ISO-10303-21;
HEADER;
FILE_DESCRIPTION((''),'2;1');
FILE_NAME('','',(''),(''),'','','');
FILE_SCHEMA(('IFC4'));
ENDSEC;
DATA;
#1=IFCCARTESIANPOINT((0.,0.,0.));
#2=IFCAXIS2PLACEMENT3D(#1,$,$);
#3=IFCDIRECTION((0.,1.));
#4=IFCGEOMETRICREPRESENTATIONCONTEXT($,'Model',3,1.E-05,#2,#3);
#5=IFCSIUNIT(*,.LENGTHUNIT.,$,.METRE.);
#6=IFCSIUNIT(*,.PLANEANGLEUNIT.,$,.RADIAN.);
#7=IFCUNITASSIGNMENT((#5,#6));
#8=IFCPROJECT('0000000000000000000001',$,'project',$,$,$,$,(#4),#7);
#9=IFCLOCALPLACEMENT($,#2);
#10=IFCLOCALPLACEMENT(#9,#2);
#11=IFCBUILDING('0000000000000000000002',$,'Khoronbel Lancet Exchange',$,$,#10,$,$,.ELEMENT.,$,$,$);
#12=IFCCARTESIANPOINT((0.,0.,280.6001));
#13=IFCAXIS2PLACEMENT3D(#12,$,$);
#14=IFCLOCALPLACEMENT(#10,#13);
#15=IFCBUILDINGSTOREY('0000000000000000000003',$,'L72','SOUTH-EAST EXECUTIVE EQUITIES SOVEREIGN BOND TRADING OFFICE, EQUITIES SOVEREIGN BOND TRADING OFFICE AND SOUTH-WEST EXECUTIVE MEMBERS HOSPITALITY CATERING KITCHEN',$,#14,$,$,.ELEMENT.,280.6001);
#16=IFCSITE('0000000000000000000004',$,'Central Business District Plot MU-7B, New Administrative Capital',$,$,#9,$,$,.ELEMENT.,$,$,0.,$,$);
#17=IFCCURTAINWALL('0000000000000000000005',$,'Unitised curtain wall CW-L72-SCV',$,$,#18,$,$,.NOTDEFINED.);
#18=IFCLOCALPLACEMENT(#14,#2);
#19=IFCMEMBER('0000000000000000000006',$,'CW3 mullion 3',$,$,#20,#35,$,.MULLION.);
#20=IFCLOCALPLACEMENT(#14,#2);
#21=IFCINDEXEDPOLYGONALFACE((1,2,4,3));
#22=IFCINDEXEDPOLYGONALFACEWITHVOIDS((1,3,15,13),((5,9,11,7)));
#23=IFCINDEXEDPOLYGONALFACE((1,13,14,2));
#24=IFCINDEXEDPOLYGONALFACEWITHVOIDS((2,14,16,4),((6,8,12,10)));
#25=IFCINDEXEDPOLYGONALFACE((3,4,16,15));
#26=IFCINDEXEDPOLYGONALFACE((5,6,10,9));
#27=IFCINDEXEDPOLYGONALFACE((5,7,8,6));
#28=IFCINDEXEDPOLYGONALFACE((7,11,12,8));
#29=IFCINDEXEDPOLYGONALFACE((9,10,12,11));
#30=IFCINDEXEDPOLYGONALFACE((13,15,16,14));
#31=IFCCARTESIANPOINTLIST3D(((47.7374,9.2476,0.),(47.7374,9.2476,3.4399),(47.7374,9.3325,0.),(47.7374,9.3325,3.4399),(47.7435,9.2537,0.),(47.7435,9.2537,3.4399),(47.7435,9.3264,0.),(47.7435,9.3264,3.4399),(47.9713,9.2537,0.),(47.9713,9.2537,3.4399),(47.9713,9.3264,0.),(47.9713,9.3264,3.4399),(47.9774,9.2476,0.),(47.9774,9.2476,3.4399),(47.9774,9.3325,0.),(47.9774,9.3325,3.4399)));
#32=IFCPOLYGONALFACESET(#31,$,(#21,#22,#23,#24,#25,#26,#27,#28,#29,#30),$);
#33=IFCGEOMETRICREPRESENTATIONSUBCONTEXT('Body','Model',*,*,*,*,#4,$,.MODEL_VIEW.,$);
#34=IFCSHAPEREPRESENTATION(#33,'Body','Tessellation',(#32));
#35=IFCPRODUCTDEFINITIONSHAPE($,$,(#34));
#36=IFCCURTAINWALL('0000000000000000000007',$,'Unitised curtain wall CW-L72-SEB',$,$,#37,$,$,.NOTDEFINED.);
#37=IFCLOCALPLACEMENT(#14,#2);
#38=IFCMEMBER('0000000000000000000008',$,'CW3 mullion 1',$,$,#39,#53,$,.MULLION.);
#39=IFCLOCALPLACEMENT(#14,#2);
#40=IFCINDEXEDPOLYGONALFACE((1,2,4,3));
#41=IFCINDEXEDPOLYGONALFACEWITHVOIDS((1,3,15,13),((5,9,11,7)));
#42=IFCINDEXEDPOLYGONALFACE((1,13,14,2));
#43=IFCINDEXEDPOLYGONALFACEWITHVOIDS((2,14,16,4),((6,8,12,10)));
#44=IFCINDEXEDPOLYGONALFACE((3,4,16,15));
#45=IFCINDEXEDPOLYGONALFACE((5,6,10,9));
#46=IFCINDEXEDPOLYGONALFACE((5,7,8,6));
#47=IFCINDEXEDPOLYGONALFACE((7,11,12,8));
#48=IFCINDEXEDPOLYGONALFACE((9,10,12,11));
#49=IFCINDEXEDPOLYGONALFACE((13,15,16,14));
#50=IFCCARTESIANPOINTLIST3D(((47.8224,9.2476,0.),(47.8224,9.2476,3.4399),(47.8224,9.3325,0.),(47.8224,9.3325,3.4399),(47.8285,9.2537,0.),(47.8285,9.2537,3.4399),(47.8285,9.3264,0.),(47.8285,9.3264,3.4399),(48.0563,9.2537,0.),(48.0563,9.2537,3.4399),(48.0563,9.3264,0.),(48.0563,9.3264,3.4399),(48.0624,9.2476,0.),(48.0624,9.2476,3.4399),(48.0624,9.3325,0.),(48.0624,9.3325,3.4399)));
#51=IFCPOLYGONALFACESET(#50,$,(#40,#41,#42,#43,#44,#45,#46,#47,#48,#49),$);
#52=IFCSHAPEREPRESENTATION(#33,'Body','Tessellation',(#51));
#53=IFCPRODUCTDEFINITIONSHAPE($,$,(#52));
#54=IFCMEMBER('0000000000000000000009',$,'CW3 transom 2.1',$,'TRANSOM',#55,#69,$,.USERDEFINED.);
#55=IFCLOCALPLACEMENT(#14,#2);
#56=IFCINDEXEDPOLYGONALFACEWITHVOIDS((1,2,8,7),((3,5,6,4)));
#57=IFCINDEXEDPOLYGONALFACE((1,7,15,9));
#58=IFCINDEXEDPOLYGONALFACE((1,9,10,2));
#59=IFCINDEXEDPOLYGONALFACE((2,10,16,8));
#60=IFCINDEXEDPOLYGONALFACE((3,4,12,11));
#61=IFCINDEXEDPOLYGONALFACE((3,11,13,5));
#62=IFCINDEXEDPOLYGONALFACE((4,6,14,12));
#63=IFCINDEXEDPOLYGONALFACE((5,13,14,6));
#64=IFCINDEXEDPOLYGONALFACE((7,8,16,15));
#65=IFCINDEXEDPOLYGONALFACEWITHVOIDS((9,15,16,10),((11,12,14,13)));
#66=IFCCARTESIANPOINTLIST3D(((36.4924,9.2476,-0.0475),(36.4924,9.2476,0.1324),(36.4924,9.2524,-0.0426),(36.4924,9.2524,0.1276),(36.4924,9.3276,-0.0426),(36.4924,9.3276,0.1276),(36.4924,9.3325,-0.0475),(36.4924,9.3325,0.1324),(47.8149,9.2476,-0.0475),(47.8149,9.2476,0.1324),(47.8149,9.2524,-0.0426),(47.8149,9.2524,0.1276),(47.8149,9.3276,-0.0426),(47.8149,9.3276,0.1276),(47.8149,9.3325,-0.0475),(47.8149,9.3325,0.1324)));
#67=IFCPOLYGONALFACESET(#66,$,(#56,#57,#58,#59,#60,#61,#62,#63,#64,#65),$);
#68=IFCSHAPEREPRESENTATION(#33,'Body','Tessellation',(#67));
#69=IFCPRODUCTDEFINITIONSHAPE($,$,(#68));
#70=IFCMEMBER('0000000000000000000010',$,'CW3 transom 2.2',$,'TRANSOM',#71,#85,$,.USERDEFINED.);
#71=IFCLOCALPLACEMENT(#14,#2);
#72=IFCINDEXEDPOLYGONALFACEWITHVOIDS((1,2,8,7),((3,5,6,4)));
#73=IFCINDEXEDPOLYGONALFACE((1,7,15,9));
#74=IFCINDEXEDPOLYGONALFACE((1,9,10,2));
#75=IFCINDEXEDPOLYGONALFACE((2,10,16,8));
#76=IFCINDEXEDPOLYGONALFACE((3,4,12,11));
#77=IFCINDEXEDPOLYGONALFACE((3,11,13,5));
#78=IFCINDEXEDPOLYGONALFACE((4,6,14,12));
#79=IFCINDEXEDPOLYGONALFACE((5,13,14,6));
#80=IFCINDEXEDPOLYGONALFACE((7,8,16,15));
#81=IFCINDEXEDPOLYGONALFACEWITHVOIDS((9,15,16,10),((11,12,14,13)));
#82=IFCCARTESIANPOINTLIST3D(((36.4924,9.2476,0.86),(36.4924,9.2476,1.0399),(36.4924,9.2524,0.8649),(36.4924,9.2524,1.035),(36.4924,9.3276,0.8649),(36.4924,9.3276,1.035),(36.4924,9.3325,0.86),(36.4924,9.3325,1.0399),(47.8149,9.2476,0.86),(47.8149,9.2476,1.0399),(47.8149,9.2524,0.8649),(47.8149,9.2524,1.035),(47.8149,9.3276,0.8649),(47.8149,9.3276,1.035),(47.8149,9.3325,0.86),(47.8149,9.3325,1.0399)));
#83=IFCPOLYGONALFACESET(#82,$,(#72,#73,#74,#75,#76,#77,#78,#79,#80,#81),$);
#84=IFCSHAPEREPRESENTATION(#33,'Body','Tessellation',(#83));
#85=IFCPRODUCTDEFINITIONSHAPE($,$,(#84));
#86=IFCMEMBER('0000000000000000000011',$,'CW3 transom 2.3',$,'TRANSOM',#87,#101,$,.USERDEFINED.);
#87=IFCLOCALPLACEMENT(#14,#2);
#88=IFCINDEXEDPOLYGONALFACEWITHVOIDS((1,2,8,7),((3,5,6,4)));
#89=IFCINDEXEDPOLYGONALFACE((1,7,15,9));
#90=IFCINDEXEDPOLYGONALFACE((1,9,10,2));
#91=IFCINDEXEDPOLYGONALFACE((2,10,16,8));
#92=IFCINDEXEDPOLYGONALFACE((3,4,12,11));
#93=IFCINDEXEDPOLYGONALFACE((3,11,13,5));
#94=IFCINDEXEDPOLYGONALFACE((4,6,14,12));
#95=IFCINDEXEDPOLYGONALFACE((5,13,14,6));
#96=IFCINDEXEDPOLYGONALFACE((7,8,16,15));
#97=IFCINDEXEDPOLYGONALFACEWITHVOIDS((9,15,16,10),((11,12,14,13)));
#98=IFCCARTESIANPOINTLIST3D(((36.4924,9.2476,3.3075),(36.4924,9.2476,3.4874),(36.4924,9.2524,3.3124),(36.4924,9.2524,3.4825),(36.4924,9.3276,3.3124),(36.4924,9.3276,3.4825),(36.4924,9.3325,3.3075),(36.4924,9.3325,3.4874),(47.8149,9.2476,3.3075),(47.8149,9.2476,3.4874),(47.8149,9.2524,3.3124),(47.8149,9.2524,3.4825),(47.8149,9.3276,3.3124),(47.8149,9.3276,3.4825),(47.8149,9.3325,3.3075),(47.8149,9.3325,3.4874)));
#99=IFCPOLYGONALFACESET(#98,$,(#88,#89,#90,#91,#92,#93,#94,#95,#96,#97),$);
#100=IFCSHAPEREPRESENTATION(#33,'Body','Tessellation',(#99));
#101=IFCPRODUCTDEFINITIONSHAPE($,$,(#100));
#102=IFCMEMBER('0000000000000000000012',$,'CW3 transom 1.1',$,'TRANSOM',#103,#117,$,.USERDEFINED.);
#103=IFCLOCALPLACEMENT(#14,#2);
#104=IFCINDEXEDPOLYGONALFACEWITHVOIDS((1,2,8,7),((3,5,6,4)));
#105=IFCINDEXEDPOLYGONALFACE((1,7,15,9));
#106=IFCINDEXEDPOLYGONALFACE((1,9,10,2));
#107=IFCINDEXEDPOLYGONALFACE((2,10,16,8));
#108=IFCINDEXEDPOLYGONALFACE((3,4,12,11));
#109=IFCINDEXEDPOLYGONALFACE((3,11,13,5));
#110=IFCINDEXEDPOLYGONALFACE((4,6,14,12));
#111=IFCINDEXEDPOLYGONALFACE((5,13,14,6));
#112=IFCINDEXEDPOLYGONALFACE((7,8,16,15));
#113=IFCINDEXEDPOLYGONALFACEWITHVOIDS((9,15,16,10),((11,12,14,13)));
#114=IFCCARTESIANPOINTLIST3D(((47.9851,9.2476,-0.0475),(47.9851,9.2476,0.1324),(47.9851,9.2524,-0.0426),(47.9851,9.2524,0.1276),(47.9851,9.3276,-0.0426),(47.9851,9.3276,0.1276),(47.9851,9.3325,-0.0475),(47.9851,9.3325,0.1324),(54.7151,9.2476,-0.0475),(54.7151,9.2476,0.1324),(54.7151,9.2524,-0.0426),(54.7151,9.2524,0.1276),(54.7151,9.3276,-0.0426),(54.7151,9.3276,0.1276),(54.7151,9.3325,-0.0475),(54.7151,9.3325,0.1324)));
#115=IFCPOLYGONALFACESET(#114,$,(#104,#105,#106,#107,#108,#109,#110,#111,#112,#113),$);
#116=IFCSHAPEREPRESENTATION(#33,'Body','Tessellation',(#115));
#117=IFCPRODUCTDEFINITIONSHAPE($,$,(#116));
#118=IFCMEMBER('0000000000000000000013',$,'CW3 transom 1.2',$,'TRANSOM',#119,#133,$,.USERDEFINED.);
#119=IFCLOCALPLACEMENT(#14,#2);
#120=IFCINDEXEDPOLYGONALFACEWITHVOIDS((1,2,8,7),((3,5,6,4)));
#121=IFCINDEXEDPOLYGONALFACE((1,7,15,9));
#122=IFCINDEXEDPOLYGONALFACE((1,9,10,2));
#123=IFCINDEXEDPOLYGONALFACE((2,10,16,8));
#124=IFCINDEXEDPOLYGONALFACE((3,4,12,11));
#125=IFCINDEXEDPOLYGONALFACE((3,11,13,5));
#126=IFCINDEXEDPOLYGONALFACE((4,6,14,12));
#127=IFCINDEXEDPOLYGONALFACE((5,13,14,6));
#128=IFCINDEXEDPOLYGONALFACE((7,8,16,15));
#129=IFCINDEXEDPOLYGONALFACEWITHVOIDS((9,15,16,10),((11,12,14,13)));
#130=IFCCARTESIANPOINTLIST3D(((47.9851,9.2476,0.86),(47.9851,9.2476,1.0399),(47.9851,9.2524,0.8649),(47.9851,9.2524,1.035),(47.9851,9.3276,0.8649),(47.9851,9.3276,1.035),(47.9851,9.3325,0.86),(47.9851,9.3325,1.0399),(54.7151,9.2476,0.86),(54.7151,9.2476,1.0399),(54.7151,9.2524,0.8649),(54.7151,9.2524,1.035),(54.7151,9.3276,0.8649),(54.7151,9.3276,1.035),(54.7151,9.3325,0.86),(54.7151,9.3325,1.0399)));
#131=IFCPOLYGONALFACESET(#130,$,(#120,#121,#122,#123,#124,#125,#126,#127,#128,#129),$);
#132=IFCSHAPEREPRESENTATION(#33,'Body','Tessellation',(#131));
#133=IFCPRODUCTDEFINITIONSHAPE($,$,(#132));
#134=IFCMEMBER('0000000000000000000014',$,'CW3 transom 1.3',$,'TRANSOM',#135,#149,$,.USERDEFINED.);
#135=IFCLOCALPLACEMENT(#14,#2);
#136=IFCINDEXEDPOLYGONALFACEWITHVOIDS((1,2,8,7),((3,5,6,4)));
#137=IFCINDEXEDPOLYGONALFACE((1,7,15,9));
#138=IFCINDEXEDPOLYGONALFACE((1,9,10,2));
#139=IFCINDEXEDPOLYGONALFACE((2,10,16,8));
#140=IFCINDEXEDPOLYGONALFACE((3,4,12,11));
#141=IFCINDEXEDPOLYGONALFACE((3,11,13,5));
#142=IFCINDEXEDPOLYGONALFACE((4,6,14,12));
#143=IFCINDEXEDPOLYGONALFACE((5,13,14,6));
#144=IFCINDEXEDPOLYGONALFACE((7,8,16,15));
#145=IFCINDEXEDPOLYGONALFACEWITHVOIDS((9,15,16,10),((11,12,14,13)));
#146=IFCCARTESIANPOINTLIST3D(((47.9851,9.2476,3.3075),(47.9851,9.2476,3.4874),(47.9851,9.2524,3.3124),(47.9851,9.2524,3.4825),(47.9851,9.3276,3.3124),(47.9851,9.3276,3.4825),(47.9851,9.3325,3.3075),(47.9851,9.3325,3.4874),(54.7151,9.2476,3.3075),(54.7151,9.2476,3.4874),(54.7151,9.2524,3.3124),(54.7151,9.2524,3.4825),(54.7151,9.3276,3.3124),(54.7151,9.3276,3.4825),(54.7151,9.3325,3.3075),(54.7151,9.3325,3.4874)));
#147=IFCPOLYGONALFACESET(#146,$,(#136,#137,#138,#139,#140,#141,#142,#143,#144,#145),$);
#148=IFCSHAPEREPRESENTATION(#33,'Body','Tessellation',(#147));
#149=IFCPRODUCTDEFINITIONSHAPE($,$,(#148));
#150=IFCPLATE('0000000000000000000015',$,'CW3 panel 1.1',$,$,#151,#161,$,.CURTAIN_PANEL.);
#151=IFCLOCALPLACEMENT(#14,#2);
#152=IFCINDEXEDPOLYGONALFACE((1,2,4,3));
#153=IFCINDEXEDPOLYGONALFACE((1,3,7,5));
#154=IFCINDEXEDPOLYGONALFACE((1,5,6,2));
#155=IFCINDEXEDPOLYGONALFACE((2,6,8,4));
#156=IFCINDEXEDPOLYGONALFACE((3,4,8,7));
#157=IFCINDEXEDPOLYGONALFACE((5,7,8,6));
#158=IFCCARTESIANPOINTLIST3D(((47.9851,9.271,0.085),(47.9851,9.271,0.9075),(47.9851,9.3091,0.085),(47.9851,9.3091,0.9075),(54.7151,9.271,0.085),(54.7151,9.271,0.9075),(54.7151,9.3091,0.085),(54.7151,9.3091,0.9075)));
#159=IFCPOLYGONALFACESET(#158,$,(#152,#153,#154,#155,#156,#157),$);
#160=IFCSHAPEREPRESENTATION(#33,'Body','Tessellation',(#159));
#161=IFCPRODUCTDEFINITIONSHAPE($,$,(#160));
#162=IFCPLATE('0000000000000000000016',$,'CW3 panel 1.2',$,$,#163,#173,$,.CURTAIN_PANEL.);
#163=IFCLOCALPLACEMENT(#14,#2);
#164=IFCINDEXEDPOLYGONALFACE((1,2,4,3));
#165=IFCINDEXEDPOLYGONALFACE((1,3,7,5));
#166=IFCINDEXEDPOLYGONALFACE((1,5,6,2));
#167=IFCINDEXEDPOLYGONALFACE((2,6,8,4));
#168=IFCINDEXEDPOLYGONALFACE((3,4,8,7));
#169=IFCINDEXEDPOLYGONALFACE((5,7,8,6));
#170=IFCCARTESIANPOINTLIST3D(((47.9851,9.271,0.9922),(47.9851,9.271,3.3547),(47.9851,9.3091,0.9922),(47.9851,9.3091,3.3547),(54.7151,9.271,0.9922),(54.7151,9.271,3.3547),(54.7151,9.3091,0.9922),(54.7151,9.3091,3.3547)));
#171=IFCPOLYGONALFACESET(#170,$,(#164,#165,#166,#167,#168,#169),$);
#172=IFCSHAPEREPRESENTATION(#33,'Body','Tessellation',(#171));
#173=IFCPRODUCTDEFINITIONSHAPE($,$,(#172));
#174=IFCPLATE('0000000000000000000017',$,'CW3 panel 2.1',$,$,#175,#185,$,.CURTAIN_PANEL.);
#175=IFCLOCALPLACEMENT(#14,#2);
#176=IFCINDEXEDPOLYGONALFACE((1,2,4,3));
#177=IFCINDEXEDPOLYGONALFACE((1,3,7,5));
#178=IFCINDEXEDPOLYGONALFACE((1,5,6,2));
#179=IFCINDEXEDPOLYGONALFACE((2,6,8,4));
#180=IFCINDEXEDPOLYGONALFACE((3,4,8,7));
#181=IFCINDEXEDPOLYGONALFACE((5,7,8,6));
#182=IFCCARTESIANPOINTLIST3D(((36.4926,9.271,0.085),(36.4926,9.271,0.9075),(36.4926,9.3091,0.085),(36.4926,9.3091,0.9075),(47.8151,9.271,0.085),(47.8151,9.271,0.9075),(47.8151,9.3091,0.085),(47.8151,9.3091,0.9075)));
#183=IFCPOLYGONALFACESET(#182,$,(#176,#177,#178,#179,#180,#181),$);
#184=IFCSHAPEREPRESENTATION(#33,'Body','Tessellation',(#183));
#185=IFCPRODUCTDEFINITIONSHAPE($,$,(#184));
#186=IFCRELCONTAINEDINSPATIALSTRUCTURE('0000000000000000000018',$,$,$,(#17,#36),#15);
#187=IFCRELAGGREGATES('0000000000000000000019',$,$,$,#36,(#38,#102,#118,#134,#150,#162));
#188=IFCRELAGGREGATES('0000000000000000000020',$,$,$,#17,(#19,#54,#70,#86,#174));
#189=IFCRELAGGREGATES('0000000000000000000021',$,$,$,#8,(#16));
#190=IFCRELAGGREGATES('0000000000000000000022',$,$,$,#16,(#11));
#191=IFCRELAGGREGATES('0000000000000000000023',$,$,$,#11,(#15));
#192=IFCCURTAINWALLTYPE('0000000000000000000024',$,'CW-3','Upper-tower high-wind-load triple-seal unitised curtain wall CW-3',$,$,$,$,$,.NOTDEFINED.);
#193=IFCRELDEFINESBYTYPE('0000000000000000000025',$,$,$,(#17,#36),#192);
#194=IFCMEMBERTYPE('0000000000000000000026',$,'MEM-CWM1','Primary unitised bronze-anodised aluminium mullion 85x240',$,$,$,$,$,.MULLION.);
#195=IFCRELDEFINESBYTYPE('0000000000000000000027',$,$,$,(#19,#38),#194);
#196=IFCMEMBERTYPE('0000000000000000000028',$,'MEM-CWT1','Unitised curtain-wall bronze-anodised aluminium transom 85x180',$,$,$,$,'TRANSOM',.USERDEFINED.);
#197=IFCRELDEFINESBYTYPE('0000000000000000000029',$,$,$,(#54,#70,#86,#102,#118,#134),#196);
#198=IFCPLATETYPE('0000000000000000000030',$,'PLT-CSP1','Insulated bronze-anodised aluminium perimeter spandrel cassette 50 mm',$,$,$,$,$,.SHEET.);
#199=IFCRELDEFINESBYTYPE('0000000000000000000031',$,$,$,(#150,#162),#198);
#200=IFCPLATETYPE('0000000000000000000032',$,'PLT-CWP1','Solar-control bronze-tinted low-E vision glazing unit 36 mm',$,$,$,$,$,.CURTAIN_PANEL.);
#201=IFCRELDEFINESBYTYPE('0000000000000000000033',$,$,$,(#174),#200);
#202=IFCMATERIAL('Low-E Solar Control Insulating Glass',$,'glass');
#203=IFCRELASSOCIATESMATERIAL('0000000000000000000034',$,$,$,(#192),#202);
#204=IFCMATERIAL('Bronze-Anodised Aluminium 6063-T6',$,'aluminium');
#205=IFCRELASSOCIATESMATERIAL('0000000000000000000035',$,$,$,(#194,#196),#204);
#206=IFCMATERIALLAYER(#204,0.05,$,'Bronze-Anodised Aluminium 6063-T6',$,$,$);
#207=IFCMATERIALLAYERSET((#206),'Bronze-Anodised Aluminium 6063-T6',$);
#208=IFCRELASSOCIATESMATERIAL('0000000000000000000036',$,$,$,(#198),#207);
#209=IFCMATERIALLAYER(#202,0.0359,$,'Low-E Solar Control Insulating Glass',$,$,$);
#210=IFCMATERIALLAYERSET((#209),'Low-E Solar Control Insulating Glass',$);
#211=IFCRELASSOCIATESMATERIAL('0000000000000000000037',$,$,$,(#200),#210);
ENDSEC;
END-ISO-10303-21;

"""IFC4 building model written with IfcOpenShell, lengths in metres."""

from ifc_helpers import new_model, si_unit, direction, frame, origin, origin_2d, place, context, subcontext, project, spatial, rectangle, hollow_rectangle, extrude, material, layer, layer_set, material_profile, profile_set, type_object, element, aggregate, save


model = new_model("IFC4")

# Units and contexts
model_context = context("Model", 3, precision=1e-05, world=origin(), true_north=direction((0.0, 1.0)))
body_context = subcontext(model_context, "Body", "Model", "MODEL_VIEW")
ifc_project = project(units=[si_unit("LENGTHUNIT", "METRE"), si_unit("PLANEANGLEUNIT", "RADIAN")], contexts=[model_context])

# Site, building, storey
site_placement = place(None, origin())
site = spatial("IfcSite", under=ifc_project, at=site_placement, Name="Central Business District Plot MU-7B, New Administrative Capital", CompositionType="ELEMENT", RefElevation=0.0)
building_placement = place(site_placement, origin())
building = spatial("IfcBuilding", under=site, at=building_placement, Name="Khoronbel Lancet Exchange", CompositionType="ELEMENT")
storey_placement = place(building_placement, frame((0.0, 0.0, 280.6001)))
storey = spatial("IfcBuildingStorey", under=building, at=storey_placement, Name="L72", Description="SOUTH-EAST EXECUTIVE EQUITIES SOVEREIGN BOND TRADING OFFICE, EQUITIES SOVEREIGN BOND TRADING OFFICE AND SOUTH-WEST EXECUTIVE MEMBERS HOSPITALITY CATERING KITCHEN", CompositionType="ELEMENT", Elevation=280.6001)

# Curtain wall, member
ifc_material_1 = material(Name="Low-E Solar Control Insulating Glass", Category="glass")
curtain_wall_type = type_object("IfcCurtainWallType", Name="CW-3", Description="Upper-tower high-wind-load triple-seal unitised curtain wall CW-3", PredefinedType="NOTDEFINED", material=ifc_material_1)
curtain_wall_1_placement = place(storey_placement, origin())
curtain_wall_1 = element("IfcCurtainWall", 1, at=curtain_wall_1_placement, inside=storey, type_object=curtain_wall_type, Name="Unitised curtain wall CW-L72-SCV", PredefinedType="NOTDEFINED")
ifc_material_2 = material(Name="Bronze-Anodised Aluminium 6063-T6", Category="aluminium")
ifc_material_profile_1 = material_profile(ifc_material_2, hollow_rectangle(XDim=0.085, YDim=0.24, WallThickness=0.0061, at=origin_2d()), Name="ALU MULLION 85x240")
ifc_profile_set_1 = profile_set([ifc_material_profile_1], Name="Bronze-Anodised Aluminium 6063-T6")
member_type_1 = type_object("IfcMemberType", Name="MEM-CWM1", Description="Primary unitised bronze-anodised aluminium mullion 85x240", PredefinedType="MULLION", material=ifc_profile_set_1)
member_1_placement = place(storey_placement, frame((47.8574, 9.29, 0.0), z_axis=(0.0, 0.0, 1.0), x_axis=(0.0, 1.0, 0.0)))
member_1 = element("IfcMember", 2, at=member_1_placement, type_object=member_type_1, Name="CW3 mullion 3", PredefinedType="MULLION", context=body_context, shape_type="SweptSolid", body=[
    extrude(hollow_rectangle(XDim=0.085, YDim=0.24, WallThickness=0.0061, at=origin_2d()), origin(), (0.0, 0.0, 1.0), 3.4399),
])

# Curtain wall, member
curtain_wall_2_placement = place(storey_placement, origin())
curtain_wall_2 = element("IfcCurtainWall", 3, at=curtain_wall_2_placement, inside=storey, type_object=curtain_wall_type, Name="Unitised curtain wall CW-L72-SEB", PredefinedType="NOTDEFINED")
member_2_placement = place(storey_placement, frame((47.9424, 9.29, 0.0), z_axis=(0.0, 0.0, 1.0), x_axis=(0.0, 1.0, 0.0)))
member_2 = element("IfcMember", 4, at=member_2_placement, type_object=member_type_1, Name="CW3 mullion 1", PredefinedType="MULLION", context=body_context, shape_type="SweptSolid", body=[
    extrude(hollow_rectangle(XDim=0.085, YDim=0.24, WallThickness=0.0061, at=origin_2d()), origin(), (0.0, 0.0, 1.0), 3.4399),
])

# Members
ifc_material_profile_2 = material_profile(ifc_material_2, hollow_rectangle(XDim=0.085, YDim=0.1799, WallThickness=0.0049, at=origin_2d()), Name="ALU TRANSOM 85x180")
ifc_profile_set_2 = profile_set([ifc_material_profile_2], Name="Bronze-Anodised Aluminium 6063-T6")
member_type_2 = type_object("IfcMemberType", Name="MEM-CWT1", Description="Unitised curtain-wall bronze-anodised aluminium transom 85x180", ElementType="TRANSOM", PredefinedType="USERDEFINED", material=ifc_profile_set_2)
member_3_placement = place(storey_placement, frame((36.4924, 9.29, 0.0425), z_axis=(1.0, 0.0, 0.0), x_axis=(0.0, 1.0, 0.0)))
member_3 = element("IfcMember", 5, at=member_3_placement, type_object=member_type_2, Name="CW3 transom 2.1", ObjectType="TRANSOM", PredefinedType="USERDEFINED", context=body_context, shape_type="SweptSolid", body=[
    extrude(hollow_rectangle(XDim=0.085, YDim=0.1799, WallThickness=0.0049, at=origin_2d()), origin(), (0.0, 0.0, 1.0), 11.3225),
])
member_4_placement = place(storey_placement, frame((36.4924, 9.29, 0.95), z_axis=(1.0, 0.0, 0.0), x_axis=(0.0, 1.0, 0.0)))
member_4 = element("IfcMember", 6, at=member_4_placement, type_object=member_type_2, Name="CW3 transom 2.2", ObjectType="TRANSOM", PredefinedType="USERDEFINED", context=body_context, shape_type="SweptSolid", body=[
    extrude(hollow_rectangle(XDim=0.085, YDim=0.1799, WallThickness=0.0049, at=origin_2d()), origin(), (0.0, 0.0, 1.0), 11.3225),
])
member_5_placement = place(storey_placement, frame((36.4924, 9.29, 3.3975), z_axis=(1.0, 0.0, 0.0), x_axis=(0.0, 1.0, 0.0)))
member_5 = element("IfcMember", 7, at=member_5_placement, type_object=member_type_2, Name="CW3 transom 2.3", ObjectType="TRANSOM", PredefinedType="USERDEFINED", context=body_context, shape_type="SweptSolid", body=[
    extrude(hollow_rectangle(XDim=0.085, YDim=0.1799, WallThickness=0.0049, at=origin_2d()), origin(), (0.0, 0.0, 1.0), 11.3225),
])
member_6_placement = place(storey_placement, frame((47.9851, 9.29, 0.0425), z_axis=(1.0, 0.0, 0.0), x_axis=(0.0, 1.0, 0.0)))
member_6 = element("IfcMember", 8, at=member_6_placement, type_object=member_type_2, Name="CW3 transom 1.1", ObjectType="TRANSOM", PredefinedType="USERDEFINED", context=body_context, shape_type="SweptSolid", body=[
    extrude(hollow_rectangle(XDim=0.085, YDim=0.1799, WallThickness=0.0049, at=origin_2d()), origin(), (0.0, 0.0, 1.0), 6.73),
])
member_7_placement = place(storey_placement, frame((47.9851, 9.29, 0.95), z_axis=(1.0, 0.0, 0.0), x_axis=(0.0, 1.0, 0.0)))
member_7 = element("IfcMember", 9, at=member_7_placement, type_object=member_type_2, Name="CW3 transom 1.2", ObjectType="TRANSOM", PredefinedType="USERDEFINED", context=body_context, shape_type="SweptSolid", body=[
    extrude(hollow_rectangle(XDim=0.085, YDim=0.1799, WallThickness=0.0049, at=origin_2d()), origin(), (0.0, 0.0, 1.0), 6.73),
])
member_8_placement = place(storey_placement, frame((47.9851, 9.29, 3.3975), z_axis=(1.0, 0.0, 0.0), x_axis=(0.0, 1.0, 0.0)))
member_8 = element("IfcMember", 10, at=member_8_placement, type_object=member_type_2, Name="CW3 transom 1.3", ObjectType="TRANSOM", PredefinedType="USERDEFINED", context=body_context, shape_type="SweptSolid", body=[
    extrude(hollow_rectangle(XDim=0.085, YDim=0.1799, WallThickness=0.0049, at=origin_2d()), origin(), (0.0, 0.0, 1.0), 6.73),
])

# Plates
ifc_layer_1 = layer(ifc_material_2, 0.05, Name="Bronze-Anodised Aluminium 6063-T6")
ifc_layer_set_1 = layer_set([ifc_layer_1], Name="Bronze-Anodised Aluminium 6063-T6")
plate_type_1 = type_object("IfcPlateType", Name="PLT-CSP1", Description="Insulated bronze-anodised aluminium perimeter spandrel cassette 50 mm", PredefinedType="SHEET", material=ifc_layer_set_1)
plate_1_placement = place(storey_placement, frame((51.3501, 9.29, 0.085), z_axis=(0.0, 0.0, 1.0), x_axis=(1.0, 0.0, 0.0)))
plate_1 = element("IfcPlate", 11, at=plate_1_placement, type_object=plate_type_1, Name="CW3 panel 1.1", PredefinedType="CURTAIN_PANEL", context=body_context, shape_type="SweptSolid", body=[
    extrude(rectangle(XDim=6.73, YDim=0.0381, at=origin_2d()), origin(), (0.0, 0.0, 1.0), 0.8225),
])
plate_2_placement = place(storey_placement, frame((51.3501, 9.29, 0.9922), z_axis=(0.0, 0.0, 1.0), x_axis=(1.0, 0.0, 0.0)))
plate_2 = element("IfcPlate", 12, at=plate_2_placement, type_object=plate_type_1, Name="CW3 panel 1.2", PredefinedType="CURTAIN_PANEL", context=body_context, shape_type="SweptSolid", body=[
    extrude(rectangle(XDim=6.73, YDim=0.0381, at=origin_2d()), origin(), (0.0, 0.0, 1.0), 2.3625),
])
aggregate(curtain_wall_2, [member_2, member_6, member_7, member_8, plate_1, plate_2])
ifc_layer_2 = layer(ifc_material_1, 0.0359, Name="Low-E Solar Control Insulating Glass")
ifc_layer_set_2 = layer_set([ifc_layer_2], Name="Low-E Solar Control Insulating Glass")
plate_type_2 = type_object("IfcPlateType", Name="PLT-CWP1", Description="Solar-control bronze-tinted low-E vision glazing unit 36 mm", PredefinedType="CURTAIN_PANEL", material=ifc_layer_set_2)
plate_3_placement = place(storey_placement, frame((42.1538, 9.29, 0.085), z_axis=(0.0, 0.0, 1.0), x_axis=(1.0, 0.0, 0.0)))
plate_3 = element("IfcPlate", 13, at=plate_3_placement, type_object=plate_type_2, Name="CW3 panel 2.1", PredefinedType="CURTAIN_PANEL", context=body_context, shape_type="SweptSolid", body=[
    extrude(rectangle(XDim=11.3225, YDim=0.0381, at=origin_2d()), origin(), (0.0, 0.0, 1.0), 0.8225),
])
aggregate(curtain_wall_1, [member_1, member_3, member_4, member_5, plate_3])

save(model, "model.ifc")
